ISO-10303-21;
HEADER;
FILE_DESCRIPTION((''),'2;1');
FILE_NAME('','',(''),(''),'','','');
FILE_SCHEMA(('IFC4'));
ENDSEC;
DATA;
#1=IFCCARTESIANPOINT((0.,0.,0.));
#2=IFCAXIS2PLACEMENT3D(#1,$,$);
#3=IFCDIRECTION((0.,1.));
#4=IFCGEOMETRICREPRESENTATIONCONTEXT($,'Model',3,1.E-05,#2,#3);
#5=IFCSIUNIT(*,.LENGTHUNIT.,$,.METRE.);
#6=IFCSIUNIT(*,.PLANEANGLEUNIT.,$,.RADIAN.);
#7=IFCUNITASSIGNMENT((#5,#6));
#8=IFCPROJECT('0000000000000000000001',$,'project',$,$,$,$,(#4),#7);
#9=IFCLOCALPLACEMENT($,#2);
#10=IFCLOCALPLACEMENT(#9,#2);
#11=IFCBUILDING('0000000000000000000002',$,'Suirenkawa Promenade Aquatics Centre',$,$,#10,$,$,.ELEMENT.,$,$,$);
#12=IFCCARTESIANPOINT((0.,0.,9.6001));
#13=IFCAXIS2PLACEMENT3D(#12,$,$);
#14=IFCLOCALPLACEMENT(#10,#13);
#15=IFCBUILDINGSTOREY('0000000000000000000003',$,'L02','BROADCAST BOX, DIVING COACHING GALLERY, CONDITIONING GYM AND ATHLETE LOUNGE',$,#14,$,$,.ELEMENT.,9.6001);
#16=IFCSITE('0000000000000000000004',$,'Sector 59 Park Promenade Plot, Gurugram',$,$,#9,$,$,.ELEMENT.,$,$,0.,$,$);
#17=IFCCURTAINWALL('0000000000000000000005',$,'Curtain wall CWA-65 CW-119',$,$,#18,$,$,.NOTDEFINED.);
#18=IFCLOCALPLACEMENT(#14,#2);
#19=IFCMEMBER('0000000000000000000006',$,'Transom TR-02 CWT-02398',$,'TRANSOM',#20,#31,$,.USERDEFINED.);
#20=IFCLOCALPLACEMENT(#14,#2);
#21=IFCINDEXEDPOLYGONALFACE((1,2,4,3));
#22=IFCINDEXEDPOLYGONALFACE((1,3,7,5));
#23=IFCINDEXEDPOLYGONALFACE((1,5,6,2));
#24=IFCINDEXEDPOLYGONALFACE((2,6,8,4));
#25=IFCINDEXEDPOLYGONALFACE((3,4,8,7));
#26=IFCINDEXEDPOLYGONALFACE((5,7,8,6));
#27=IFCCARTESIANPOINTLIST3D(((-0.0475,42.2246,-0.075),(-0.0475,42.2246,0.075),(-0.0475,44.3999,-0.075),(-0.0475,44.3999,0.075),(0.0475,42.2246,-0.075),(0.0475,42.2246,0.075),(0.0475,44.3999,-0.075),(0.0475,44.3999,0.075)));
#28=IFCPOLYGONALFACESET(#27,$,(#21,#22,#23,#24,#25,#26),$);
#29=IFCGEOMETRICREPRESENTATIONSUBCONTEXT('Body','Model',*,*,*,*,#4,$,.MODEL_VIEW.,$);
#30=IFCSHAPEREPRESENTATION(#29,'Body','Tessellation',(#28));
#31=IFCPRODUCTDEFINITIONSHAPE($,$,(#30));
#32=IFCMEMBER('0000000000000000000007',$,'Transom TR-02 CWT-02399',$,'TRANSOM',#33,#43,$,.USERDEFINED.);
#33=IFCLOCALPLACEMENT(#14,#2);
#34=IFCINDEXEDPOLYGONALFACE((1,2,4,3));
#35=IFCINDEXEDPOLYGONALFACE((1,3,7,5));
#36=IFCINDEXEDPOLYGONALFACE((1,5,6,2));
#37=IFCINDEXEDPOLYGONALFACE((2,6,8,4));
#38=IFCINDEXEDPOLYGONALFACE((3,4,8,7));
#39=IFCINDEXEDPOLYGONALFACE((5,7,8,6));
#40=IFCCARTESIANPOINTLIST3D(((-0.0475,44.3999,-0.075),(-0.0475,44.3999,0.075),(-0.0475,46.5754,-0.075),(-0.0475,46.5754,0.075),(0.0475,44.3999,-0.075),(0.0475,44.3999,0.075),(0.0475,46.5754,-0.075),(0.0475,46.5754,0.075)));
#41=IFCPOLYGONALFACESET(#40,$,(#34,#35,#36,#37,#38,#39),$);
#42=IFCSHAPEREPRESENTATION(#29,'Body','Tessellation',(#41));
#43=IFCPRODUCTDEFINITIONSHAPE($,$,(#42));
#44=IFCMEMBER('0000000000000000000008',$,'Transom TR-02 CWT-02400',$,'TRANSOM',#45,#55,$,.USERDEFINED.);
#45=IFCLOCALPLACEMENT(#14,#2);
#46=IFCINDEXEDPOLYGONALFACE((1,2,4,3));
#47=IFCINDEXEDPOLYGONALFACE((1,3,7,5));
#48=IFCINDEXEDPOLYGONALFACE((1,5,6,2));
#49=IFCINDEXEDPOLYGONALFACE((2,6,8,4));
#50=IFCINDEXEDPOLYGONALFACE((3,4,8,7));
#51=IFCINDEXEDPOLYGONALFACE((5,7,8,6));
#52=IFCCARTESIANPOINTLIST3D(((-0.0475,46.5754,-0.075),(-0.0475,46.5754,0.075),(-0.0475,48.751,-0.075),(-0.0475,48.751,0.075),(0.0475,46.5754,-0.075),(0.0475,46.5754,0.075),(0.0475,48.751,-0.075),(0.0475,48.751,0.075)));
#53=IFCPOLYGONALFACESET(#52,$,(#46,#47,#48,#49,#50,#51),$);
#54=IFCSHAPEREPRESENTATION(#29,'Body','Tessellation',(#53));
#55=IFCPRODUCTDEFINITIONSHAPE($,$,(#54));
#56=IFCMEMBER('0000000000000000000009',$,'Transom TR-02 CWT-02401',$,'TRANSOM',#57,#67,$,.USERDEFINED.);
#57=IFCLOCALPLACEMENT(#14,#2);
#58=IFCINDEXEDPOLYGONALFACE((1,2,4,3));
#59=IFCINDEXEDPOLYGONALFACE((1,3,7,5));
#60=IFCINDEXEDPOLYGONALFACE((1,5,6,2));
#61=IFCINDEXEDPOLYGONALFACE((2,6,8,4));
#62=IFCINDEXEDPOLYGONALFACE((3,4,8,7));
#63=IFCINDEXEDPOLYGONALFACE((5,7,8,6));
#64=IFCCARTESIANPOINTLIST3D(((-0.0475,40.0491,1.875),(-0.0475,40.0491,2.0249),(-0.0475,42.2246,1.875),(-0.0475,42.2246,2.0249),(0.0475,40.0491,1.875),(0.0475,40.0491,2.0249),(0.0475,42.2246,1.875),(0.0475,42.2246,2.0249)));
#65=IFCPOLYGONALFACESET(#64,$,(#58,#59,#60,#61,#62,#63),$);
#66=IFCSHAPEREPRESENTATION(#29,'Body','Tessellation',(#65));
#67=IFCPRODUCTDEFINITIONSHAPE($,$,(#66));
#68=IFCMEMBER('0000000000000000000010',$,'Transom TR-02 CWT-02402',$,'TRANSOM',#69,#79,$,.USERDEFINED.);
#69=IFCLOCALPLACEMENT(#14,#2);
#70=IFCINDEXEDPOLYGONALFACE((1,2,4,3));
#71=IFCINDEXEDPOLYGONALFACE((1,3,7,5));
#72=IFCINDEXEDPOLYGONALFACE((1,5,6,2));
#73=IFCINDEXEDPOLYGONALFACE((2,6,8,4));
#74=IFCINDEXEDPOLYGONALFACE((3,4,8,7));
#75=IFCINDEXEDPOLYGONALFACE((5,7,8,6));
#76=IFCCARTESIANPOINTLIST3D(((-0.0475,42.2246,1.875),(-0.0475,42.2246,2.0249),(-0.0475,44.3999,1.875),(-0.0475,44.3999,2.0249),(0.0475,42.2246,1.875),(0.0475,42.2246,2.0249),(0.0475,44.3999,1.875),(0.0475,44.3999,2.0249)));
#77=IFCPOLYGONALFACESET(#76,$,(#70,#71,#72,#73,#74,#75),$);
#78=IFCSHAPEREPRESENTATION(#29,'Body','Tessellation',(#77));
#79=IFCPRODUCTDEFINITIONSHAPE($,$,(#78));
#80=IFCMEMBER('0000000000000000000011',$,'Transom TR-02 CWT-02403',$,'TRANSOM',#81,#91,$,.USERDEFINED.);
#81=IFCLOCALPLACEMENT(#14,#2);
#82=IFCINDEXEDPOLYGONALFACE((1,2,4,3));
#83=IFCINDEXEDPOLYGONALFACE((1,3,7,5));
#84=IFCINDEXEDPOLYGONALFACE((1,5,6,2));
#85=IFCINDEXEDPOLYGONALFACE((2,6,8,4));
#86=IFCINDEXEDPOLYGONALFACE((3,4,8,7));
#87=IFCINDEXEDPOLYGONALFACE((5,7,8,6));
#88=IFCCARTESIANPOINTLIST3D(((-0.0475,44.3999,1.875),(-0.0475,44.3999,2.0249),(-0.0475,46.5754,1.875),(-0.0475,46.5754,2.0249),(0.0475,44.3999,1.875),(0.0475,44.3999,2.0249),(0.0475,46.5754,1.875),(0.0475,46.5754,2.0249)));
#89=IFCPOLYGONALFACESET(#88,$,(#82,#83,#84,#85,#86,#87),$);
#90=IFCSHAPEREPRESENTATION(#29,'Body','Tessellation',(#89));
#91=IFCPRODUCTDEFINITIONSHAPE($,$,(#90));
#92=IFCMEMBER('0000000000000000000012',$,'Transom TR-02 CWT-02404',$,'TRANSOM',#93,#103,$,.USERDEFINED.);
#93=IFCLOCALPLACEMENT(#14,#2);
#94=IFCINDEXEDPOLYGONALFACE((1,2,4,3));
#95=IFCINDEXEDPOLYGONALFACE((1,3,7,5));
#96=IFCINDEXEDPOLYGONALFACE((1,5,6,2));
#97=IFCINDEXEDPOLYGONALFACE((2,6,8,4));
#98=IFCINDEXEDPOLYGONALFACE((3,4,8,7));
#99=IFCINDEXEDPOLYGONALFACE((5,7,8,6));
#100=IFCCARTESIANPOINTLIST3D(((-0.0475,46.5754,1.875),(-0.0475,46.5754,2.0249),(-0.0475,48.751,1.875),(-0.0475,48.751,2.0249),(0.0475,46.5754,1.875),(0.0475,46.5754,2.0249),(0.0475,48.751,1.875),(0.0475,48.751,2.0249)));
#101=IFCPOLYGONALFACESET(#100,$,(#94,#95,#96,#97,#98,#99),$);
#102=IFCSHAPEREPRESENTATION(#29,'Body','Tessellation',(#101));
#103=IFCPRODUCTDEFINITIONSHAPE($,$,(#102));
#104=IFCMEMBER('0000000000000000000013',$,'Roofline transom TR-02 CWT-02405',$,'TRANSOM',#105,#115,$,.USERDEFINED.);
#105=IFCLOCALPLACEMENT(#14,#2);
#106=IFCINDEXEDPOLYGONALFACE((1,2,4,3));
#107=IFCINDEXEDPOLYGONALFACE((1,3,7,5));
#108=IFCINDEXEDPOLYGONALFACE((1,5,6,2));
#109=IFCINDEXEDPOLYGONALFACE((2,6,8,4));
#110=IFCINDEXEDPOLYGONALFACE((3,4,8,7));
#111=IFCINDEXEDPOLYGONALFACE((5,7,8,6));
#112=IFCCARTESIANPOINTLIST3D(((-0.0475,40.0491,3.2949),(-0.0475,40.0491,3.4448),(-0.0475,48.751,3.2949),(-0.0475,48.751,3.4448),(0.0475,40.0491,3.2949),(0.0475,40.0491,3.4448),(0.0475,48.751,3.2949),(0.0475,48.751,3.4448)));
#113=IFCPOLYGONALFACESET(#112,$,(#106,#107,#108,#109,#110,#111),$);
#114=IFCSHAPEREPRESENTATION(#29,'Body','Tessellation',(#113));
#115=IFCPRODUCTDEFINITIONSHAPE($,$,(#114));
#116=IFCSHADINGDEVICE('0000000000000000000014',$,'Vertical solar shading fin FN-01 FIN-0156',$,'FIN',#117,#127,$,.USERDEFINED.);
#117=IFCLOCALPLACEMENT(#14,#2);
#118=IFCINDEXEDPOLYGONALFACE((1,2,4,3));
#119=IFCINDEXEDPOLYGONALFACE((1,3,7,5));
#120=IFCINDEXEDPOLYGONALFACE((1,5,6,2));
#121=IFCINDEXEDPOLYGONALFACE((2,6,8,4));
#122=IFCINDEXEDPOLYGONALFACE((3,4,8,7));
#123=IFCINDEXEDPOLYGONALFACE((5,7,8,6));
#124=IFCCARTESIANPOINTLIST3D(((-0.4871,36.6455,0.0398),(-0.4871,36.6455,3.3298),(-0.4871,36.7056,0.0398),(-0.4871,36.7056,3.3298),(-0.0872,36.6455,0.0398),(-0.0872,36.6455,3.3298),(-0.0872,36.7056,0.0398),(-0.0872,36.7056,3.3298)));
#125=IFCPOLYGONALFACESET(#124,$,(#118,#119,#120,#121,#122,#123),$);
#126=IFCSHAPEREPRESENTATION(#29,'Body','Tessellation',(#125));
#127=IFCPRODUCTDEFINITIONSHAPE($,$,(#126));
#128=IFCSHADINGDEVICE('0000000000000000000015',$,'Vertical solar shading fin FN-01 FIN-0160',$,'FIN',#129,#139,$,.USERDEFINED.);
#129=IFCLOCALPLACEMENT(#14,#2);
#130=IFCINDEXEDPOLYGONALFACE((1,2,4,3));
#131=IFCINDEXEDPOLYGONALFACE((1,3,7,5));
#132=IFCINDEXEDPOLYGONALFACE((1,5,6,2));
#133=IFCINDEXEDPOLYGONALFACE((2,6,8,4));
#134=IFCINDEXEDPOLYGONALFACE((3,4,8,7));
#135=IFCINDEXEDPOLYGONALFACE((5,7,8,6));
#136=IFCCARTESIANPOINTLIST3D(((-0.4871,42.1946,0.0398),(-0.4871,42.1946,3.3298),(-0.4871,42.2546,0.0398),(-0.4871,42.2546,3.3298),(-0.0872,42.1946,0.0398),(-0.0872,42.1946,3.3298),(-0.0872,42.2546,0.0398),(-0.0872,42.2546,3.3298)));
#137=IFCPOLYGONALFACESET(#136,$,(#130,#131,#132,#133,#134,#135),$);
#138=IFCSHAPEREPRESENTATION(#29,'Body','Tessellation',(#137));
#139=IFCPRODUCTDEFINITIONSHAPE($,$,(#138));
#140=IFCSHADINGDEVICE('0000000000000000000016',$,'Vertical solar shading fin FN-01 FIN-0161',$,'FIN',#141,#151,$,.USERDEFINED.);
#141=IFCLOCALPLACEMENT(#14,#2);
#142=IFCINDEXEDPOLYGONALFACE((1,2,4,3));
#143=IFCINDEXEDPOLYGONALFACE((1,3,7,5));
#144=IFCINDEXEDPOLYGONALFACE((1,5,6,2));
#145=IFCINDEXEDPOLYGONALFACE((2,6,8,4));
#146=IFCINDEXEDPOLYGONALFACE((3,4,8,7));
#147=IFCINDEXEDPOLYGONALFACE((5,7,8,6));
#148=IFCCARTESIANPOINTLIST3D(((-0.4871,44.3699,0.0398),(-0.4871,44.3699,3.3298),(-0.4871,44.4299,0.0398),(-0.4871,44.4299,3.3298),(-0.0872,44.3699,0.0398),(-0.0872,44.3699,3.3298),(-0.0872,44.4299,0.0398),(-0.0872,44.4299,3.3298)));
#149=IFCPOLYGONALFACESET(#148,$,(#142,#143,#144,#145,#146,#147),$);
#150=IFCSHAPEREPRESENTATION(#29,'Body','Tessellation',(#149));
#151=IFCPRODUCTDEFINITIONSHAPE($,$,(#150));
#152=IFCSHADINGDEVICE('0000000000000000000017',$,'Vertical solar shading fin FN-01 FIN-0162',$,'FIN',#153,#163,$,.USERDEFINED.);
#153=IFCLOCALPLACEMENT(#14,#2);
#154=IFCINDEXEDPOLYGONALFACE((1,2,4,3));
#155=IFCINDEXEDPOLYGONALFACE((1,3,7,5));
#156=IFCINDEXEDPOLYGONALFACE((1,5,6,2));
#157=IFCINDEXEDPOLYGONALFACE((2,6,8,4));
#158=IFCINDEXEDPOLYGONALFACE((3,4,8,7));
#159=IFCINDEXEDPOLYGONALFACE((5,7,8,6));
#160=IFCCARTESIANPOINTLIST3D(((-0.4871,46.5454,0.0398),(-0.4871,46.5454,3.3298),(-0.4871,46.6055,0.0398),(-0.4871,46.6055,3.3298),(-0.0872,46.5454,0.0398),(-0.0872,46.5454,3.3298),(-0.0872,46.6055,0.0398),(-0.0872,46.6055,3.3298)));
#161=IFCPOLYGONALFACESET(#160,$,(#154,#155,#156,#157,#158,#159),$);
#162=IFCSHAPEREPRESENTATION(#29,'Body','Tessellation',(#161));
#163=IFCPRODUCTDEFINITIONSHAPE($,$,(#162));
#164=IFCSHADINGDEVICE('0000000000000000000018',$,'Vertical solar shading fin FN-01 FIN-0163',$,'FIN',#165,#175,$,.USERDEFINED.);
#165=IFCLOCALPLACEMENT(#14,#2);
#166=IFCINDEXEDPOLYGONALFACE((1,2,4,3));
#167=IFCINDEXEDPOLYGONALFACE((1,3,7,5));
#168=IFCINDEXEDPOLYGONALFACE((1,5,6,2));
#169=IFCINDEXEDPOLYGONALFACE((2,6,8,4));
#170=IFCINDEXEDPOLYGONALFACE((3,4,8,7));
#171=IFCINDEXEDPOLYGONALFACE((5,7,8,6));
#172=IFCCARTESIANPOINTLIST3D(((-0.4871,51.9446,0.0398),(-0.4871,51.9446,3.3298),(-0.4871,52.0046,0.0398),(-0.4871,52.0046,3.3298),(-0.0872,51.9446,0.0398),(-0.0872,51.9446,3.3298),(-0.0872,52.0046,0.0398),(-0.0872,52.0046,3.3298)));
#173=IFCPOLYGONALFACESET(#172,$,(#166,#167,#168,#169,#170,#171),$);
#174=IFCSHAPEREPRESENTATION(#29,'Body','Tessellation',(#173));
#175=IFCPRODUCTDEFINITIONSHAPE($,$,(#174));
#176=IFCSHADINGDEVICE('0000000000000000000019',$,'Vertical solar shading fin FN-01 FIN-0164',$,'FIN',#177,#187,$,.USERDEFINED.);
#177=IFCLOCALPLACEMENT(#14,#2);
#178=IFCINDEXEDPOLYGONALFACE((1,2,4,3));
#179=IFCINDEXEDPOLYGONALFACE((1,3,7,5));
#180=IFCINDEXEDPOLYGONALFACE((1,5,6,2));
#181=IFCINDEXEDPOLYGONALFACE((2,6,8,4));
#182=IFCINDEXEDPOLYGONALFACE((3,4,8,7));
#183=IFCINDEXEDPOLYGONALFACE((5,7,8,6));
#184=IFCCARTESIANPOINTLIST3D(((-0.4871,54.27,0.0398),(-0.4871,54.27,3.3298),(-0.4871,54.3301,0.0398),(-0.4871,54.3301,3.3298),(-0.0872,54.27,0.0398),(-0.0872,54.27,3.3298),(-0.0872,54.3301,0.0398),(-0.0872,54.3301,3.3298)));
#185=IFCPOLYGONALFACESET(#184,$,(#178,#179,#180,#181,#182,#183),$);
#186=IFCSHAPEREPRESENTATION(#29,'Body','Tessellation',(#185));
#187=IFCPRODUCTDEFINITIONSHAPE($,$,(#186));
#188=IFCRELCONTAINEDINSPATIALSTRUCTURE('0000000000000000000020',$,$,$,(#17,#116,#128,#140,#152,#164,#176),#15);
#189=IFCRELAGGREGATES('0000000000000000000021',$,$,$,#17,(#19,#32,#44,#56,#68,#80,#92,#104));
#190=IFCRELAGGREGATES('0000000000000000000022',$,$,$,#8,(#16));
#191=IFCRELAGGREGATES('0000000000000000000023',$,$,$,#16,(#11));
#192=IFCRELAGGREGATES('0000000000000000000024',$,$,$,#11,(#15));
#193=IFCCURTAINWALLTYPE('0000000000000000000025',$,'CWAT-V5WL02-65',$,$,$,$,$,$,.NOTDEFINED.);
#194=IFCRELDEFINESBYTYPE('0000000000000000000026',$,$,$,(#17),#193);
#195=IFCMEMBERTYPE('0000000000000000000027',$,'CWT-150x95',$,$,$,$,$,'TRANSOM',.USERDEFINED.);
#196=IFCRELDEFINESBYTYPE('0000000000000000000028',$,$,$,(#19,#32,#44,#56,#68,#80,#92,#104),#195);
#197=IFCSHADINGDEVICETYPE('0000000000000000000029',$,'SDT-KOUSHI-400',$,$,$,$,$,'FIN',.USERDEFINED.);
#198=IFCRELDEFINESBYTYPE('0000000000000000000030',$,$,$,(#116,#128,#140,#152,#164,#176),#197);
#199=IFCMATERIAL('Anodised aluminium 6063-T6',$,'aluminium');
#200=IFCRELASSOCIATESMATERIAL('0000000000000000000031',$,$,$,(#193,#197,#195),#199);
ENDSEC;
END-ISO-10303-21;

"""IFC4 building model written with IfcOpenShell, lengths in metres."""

from ifc_helpers import new_model, si_unit, direction, frame, origin, origin_2d, place, context, subcontext, project, spatial, rectangle, extrude, material, material_profile, profile_set, type_object, element, aggregate, save


model = new_model("IFC4")

# Units and contexts
model_context = context("Model", 3, precision=1e-05, world=origin(), true_north=direction((0.0, 1.0)))
body_context = subcontext(model_context, "Body", "Model", "MODEL_VIEW")
ifc_project = project(units=[si_unit("LENGTHUNIT", "METRE"), si_unit("PLANEANGLEUNIT", "RADIAN")], contexts=[model_context])

# Site, building, storey
site_placement = place(None, origin())
site = spatial("IfcSite", under=ifc_project, at=site_placement, Name="Sector 59 Park Promenade Plot, Gurugram", CompositionType="ELEMENT", RefElevation=0.0)
building_placement = place(site_placement, origin())
building = spatial("IfcBuilding", under=site, at=building_placement, Name="Suirenkawa Promenade Aquatics Centre", CompositionType="ELEMENT")
storey_placement = place(building_placement, frame((0.0, 0.0, 9.6001)))
storey = spatial("IfcBuildingStorey", under=building, at=storey_placement, Name="L02", Description="BROADCAST BOX, DIVING COACHING GALLERY, CONDITIONING GYM AND ATHLETE LOUNGE", CompositionType="ELEMENT", Elevation=9.6001)

# Curtain wall
ifc_material_1 = material(Name="Anodised aluminium 6063-T6", Category="aluminium")
curtain_wall_type_1 = type_object("IfcCurtainWallType", Name="CWAT-V5WL02-65", PredefinedType="NOTDEFINED", material=ifc_material_1)
curtain_wall_1_placement = place(storey_placement, origin())
curtain_wall_1 = element("IfcCurtainWall", 1, at=curtain_wall_1_placement, inside=storey, type_object=curtain_wall_type_1, Name="Curtain wall CWA-65 CW-119", PredefinedType="NOTDEFINED")

# Members
ifc_material_profile_1 = material_profile(ifc_material_1, rectangle(XDim=0.095, YDim=0.1499, at=origin_2d()), Name="ALU TRAN 95x150", Category="aluminium")
ifc_profile_set_1 = profile_set([ifc_material_profile_1], Name="Anodised aluminium 6063-T6")
member_type_1 = type_object("IfcMemberType", Name="CWT-150x95", ElementType="TRANSOM", PredefinedType="USERDEFINED", material=ifc_profile_set_1)
member_1_placement = place(storey_placement, frame((0.0, 42.2246, 0.0), z_axis=(0.0, 1.0, 0.0), x_axis=(-1.0, 0.0, 0.0)))
member_1 = element("IfcMember", 2, at=member_1_placement, type_object=member_type_1, Name="Transom TR-02 CWT-02398", ObjectType="TRANSOM", PredefinedType="USERDEFINED", context=body_context, shape_type="SweptSolid", body=[
    extrude(rectangle(XDim=0.095, YDim=0.1499, at=origin_2d()), origin(), (0.0, 0.0, 1.0), 2.1753),
])
member_2_placement = place(storey_placement, frame((0.0, 44.3999, 0.0), z_axis=(0.0, 1.0, 0.0), x_axis=(-1.0, 0.0, 0.0)))
member_2 = element("IfcMember", 3, at=member_2_placement, type_object=member_type_1, Name="Transom TR-02 CWT-02399", ObjectType="TRANSOM", PredefinedType="USERDEFINED", context=body_context, shape_type="SweptSolid", body=[
    extrude(rectangle(XDim=0.095, YDim=0.1499, at=origin_2d()), origin(), (0.0, 0.0, 1.0), 2.1755),
])
member_3_placement = place(storey_placement, frame((0.0, 46.5754, 0.0), z_axis=(0.0, 1.0, 0.0), x_axis=(-1.0, 0.0, 0.0)))
member_3 = element("IfcMember", 4, at=member_3_placement, type_object=member_type_1, Name="Transom TR-02 CWT-02400", ObjectType="TRANSOM", PredefinedType="USERDEFINED", context=body_context, shape_type="SweptSolid", body=[
    extrude(rectangle(XDim=0.095, YDim=0.1499, at=origin_2d()), origin(), (0.0, 0.0, 1.0), 2.1755),
])
member_4_placement = place(storey_placement, frame((0.0, 40.0491, 1.95), z_axis=(0.0, 1.0, 0.0), x_axis=(-1.0, 0.0, 0.0)))
member_4 = element("IfcMember", 5, at=member_4_placement, type_object=member_type_1, Name="Transom TR-02 CWT-02401", ObjectType="TRANSOM", PredefinedType="USERDEFINED", context=body_context, shape_type="SweptSolid", body=[
    extrude(rectangle(XDim=0.095, YDim=0.1499, at=origin_2d()), origin(), (0.0, 0.0, 1.0), 2.1755),
])
member_5_placement = place(storey_placement, frame((0.0, 42.2246, 1.95), z_axis=(0.0, 1.0, 0.0), x_axis=(-1.0, 0.0, 0.0)))
member_5 = element("IfcMember", 6, at=member_5_placement, type_object=member_type_1, Name="Transom TR-02 CWT-02402", ObjectType="TRANSOM", PredefinedType="USERDEFINED", context=body_context, shape_type="SweptSolid", body=[
    extrude(rectangle(XDim=0.095, YDim=0.1499, at=origin_2d()), origin(), (0.0, 0.0, 1.0), 2.1753),
])
member_6_placement = place(storey_placement, frame((0.0, 44.3999, 1.95), z_axis=(0.0, 1.0, 0.0), x_axis=(-1.0, 0.0, 0.0)))
member_6 = element("IfcMember", 7, at=member_6_placement, type_object=member_type_1, Name="Transom TR-02 CWT-02403", ObjectType="TRANSOM", PredefinedType="USERDEFINED", context=body_context, shape_type="SweptSolid", body=[
    extrude(rectangle(XDim=0.095, YDim=0.1499, at=origin_2d()), origin(), (0.0, 0.0, 1.0), 2.1755),
])
member_7_placement = place(storey_placement, frame((0.0, 46.5754, 1.95), z_axis=(0.0, 1.0, 0.0), x_axis=(-1.0, 0.0, 0.0)))
member_7 = element("IfcMember", 8, at=member_7_placement, type_object=member_type_1, Name="Transom TR-02 CWT-02404", ObjectType="TRANSOM", PredefinedType="USERDEFINED", context=body_context, shape_type="SweptSolid", body=[
    extrude(rectangle(XDim=0.095, YDim=0.1499, at=origin_2d()), origin(), (0.0, 0.0, 1.0), 2.1755),
])
member_8_placement = place(storey_placement, frame((0.0, 40.0491, 3.3699), z_axis=(0.0, 1.0, 0.0), x_axis=(-1.0, 0.0, 0.0)))
member_8 = element("IfcMember", 9, at=member_8_placement, type_object=member_type_1, Name="Roofline transom TR-02 CWT-02405", ObjectType="TRANSOM", PredefinedType="USERDEFINED", context=body_context, shape_type="SweptSolid", body=[
    extrude(rectangle(XDim=0.095, YDim=0.1499, at=origin_2d()), origin(), (0.0, 0.0, 1.0), 8.7019),
])

aggregate(curtain_wall_1, [member_1, member_2, member_3, member_4, member_5, member_6, member_7, member_8])

# Shading devices
shading_device_type = type_object("IfcShadingDeviceType", Name="SDT-KOUSHI-400", ElementType="FIN", PredefinedType="USERDEFINED", material=ifc_material_1)
for number, where, z_axis, x_axis, name in (
    (10, (-0.2871, 36.6755, 0.0398), (0.0, 0.0, 1.0), (-1.0, 0.0, 0.0), "Vertical solar shading fin FN-01 FIN-0156"),
    (11, (-0.2871, 42.2246, 0.0398), (0.0, 0.0, 1.0), (-1.0, 0.0, 0.0), "Vertical solar shading fin FN-01 FIN-0160"),
    (12, (-0.2871, 44.3999, 0.0398), (0.0, 0.0, 1.0), (-1.0, 0.0, 0.0), "Vertical solar shading fin FN-01 FIN-0161"),
    (13, (-0.2871, 46.5754, 0.0398), (0.0, 0.0, 1.0), (-1.0, 0.0, 0.0), "Vertical solar shading fin FN-01 FIN-0162"),
    (14, (-0.2871, 51.9746, 0.0398), (0.0, 0.0, 1.0), (-1.0, 0.0, 0.0), "Vertical solar shading fin FN-01 FIN-0163"),
    (15, (-0.2871, 54.3, 0.0398), (0.0, 0.0, 1.0), (-1.0, 0.0, 0.0), "Vertical solar shading fin FN-01 FIN-0164"),
):
    element("IfcShadingDevice", number, at=place(storey_placement, frame(where, z_axis=z_axis, x_axis=x_axis)), inside=storey, type_object=shading_device_type, Name=name, ObjectType="FIN", PredefinedType="USERDEFINED", context=body_context, shape_type="SweptSolid", body=[
        extrude(rectangle(XDim=0.3999, YDim=0.0601, at=origin_2d()), origin(), (0.0, 0.0, 1.0), 3.29),
    ])

save(model, "model.ifc")
